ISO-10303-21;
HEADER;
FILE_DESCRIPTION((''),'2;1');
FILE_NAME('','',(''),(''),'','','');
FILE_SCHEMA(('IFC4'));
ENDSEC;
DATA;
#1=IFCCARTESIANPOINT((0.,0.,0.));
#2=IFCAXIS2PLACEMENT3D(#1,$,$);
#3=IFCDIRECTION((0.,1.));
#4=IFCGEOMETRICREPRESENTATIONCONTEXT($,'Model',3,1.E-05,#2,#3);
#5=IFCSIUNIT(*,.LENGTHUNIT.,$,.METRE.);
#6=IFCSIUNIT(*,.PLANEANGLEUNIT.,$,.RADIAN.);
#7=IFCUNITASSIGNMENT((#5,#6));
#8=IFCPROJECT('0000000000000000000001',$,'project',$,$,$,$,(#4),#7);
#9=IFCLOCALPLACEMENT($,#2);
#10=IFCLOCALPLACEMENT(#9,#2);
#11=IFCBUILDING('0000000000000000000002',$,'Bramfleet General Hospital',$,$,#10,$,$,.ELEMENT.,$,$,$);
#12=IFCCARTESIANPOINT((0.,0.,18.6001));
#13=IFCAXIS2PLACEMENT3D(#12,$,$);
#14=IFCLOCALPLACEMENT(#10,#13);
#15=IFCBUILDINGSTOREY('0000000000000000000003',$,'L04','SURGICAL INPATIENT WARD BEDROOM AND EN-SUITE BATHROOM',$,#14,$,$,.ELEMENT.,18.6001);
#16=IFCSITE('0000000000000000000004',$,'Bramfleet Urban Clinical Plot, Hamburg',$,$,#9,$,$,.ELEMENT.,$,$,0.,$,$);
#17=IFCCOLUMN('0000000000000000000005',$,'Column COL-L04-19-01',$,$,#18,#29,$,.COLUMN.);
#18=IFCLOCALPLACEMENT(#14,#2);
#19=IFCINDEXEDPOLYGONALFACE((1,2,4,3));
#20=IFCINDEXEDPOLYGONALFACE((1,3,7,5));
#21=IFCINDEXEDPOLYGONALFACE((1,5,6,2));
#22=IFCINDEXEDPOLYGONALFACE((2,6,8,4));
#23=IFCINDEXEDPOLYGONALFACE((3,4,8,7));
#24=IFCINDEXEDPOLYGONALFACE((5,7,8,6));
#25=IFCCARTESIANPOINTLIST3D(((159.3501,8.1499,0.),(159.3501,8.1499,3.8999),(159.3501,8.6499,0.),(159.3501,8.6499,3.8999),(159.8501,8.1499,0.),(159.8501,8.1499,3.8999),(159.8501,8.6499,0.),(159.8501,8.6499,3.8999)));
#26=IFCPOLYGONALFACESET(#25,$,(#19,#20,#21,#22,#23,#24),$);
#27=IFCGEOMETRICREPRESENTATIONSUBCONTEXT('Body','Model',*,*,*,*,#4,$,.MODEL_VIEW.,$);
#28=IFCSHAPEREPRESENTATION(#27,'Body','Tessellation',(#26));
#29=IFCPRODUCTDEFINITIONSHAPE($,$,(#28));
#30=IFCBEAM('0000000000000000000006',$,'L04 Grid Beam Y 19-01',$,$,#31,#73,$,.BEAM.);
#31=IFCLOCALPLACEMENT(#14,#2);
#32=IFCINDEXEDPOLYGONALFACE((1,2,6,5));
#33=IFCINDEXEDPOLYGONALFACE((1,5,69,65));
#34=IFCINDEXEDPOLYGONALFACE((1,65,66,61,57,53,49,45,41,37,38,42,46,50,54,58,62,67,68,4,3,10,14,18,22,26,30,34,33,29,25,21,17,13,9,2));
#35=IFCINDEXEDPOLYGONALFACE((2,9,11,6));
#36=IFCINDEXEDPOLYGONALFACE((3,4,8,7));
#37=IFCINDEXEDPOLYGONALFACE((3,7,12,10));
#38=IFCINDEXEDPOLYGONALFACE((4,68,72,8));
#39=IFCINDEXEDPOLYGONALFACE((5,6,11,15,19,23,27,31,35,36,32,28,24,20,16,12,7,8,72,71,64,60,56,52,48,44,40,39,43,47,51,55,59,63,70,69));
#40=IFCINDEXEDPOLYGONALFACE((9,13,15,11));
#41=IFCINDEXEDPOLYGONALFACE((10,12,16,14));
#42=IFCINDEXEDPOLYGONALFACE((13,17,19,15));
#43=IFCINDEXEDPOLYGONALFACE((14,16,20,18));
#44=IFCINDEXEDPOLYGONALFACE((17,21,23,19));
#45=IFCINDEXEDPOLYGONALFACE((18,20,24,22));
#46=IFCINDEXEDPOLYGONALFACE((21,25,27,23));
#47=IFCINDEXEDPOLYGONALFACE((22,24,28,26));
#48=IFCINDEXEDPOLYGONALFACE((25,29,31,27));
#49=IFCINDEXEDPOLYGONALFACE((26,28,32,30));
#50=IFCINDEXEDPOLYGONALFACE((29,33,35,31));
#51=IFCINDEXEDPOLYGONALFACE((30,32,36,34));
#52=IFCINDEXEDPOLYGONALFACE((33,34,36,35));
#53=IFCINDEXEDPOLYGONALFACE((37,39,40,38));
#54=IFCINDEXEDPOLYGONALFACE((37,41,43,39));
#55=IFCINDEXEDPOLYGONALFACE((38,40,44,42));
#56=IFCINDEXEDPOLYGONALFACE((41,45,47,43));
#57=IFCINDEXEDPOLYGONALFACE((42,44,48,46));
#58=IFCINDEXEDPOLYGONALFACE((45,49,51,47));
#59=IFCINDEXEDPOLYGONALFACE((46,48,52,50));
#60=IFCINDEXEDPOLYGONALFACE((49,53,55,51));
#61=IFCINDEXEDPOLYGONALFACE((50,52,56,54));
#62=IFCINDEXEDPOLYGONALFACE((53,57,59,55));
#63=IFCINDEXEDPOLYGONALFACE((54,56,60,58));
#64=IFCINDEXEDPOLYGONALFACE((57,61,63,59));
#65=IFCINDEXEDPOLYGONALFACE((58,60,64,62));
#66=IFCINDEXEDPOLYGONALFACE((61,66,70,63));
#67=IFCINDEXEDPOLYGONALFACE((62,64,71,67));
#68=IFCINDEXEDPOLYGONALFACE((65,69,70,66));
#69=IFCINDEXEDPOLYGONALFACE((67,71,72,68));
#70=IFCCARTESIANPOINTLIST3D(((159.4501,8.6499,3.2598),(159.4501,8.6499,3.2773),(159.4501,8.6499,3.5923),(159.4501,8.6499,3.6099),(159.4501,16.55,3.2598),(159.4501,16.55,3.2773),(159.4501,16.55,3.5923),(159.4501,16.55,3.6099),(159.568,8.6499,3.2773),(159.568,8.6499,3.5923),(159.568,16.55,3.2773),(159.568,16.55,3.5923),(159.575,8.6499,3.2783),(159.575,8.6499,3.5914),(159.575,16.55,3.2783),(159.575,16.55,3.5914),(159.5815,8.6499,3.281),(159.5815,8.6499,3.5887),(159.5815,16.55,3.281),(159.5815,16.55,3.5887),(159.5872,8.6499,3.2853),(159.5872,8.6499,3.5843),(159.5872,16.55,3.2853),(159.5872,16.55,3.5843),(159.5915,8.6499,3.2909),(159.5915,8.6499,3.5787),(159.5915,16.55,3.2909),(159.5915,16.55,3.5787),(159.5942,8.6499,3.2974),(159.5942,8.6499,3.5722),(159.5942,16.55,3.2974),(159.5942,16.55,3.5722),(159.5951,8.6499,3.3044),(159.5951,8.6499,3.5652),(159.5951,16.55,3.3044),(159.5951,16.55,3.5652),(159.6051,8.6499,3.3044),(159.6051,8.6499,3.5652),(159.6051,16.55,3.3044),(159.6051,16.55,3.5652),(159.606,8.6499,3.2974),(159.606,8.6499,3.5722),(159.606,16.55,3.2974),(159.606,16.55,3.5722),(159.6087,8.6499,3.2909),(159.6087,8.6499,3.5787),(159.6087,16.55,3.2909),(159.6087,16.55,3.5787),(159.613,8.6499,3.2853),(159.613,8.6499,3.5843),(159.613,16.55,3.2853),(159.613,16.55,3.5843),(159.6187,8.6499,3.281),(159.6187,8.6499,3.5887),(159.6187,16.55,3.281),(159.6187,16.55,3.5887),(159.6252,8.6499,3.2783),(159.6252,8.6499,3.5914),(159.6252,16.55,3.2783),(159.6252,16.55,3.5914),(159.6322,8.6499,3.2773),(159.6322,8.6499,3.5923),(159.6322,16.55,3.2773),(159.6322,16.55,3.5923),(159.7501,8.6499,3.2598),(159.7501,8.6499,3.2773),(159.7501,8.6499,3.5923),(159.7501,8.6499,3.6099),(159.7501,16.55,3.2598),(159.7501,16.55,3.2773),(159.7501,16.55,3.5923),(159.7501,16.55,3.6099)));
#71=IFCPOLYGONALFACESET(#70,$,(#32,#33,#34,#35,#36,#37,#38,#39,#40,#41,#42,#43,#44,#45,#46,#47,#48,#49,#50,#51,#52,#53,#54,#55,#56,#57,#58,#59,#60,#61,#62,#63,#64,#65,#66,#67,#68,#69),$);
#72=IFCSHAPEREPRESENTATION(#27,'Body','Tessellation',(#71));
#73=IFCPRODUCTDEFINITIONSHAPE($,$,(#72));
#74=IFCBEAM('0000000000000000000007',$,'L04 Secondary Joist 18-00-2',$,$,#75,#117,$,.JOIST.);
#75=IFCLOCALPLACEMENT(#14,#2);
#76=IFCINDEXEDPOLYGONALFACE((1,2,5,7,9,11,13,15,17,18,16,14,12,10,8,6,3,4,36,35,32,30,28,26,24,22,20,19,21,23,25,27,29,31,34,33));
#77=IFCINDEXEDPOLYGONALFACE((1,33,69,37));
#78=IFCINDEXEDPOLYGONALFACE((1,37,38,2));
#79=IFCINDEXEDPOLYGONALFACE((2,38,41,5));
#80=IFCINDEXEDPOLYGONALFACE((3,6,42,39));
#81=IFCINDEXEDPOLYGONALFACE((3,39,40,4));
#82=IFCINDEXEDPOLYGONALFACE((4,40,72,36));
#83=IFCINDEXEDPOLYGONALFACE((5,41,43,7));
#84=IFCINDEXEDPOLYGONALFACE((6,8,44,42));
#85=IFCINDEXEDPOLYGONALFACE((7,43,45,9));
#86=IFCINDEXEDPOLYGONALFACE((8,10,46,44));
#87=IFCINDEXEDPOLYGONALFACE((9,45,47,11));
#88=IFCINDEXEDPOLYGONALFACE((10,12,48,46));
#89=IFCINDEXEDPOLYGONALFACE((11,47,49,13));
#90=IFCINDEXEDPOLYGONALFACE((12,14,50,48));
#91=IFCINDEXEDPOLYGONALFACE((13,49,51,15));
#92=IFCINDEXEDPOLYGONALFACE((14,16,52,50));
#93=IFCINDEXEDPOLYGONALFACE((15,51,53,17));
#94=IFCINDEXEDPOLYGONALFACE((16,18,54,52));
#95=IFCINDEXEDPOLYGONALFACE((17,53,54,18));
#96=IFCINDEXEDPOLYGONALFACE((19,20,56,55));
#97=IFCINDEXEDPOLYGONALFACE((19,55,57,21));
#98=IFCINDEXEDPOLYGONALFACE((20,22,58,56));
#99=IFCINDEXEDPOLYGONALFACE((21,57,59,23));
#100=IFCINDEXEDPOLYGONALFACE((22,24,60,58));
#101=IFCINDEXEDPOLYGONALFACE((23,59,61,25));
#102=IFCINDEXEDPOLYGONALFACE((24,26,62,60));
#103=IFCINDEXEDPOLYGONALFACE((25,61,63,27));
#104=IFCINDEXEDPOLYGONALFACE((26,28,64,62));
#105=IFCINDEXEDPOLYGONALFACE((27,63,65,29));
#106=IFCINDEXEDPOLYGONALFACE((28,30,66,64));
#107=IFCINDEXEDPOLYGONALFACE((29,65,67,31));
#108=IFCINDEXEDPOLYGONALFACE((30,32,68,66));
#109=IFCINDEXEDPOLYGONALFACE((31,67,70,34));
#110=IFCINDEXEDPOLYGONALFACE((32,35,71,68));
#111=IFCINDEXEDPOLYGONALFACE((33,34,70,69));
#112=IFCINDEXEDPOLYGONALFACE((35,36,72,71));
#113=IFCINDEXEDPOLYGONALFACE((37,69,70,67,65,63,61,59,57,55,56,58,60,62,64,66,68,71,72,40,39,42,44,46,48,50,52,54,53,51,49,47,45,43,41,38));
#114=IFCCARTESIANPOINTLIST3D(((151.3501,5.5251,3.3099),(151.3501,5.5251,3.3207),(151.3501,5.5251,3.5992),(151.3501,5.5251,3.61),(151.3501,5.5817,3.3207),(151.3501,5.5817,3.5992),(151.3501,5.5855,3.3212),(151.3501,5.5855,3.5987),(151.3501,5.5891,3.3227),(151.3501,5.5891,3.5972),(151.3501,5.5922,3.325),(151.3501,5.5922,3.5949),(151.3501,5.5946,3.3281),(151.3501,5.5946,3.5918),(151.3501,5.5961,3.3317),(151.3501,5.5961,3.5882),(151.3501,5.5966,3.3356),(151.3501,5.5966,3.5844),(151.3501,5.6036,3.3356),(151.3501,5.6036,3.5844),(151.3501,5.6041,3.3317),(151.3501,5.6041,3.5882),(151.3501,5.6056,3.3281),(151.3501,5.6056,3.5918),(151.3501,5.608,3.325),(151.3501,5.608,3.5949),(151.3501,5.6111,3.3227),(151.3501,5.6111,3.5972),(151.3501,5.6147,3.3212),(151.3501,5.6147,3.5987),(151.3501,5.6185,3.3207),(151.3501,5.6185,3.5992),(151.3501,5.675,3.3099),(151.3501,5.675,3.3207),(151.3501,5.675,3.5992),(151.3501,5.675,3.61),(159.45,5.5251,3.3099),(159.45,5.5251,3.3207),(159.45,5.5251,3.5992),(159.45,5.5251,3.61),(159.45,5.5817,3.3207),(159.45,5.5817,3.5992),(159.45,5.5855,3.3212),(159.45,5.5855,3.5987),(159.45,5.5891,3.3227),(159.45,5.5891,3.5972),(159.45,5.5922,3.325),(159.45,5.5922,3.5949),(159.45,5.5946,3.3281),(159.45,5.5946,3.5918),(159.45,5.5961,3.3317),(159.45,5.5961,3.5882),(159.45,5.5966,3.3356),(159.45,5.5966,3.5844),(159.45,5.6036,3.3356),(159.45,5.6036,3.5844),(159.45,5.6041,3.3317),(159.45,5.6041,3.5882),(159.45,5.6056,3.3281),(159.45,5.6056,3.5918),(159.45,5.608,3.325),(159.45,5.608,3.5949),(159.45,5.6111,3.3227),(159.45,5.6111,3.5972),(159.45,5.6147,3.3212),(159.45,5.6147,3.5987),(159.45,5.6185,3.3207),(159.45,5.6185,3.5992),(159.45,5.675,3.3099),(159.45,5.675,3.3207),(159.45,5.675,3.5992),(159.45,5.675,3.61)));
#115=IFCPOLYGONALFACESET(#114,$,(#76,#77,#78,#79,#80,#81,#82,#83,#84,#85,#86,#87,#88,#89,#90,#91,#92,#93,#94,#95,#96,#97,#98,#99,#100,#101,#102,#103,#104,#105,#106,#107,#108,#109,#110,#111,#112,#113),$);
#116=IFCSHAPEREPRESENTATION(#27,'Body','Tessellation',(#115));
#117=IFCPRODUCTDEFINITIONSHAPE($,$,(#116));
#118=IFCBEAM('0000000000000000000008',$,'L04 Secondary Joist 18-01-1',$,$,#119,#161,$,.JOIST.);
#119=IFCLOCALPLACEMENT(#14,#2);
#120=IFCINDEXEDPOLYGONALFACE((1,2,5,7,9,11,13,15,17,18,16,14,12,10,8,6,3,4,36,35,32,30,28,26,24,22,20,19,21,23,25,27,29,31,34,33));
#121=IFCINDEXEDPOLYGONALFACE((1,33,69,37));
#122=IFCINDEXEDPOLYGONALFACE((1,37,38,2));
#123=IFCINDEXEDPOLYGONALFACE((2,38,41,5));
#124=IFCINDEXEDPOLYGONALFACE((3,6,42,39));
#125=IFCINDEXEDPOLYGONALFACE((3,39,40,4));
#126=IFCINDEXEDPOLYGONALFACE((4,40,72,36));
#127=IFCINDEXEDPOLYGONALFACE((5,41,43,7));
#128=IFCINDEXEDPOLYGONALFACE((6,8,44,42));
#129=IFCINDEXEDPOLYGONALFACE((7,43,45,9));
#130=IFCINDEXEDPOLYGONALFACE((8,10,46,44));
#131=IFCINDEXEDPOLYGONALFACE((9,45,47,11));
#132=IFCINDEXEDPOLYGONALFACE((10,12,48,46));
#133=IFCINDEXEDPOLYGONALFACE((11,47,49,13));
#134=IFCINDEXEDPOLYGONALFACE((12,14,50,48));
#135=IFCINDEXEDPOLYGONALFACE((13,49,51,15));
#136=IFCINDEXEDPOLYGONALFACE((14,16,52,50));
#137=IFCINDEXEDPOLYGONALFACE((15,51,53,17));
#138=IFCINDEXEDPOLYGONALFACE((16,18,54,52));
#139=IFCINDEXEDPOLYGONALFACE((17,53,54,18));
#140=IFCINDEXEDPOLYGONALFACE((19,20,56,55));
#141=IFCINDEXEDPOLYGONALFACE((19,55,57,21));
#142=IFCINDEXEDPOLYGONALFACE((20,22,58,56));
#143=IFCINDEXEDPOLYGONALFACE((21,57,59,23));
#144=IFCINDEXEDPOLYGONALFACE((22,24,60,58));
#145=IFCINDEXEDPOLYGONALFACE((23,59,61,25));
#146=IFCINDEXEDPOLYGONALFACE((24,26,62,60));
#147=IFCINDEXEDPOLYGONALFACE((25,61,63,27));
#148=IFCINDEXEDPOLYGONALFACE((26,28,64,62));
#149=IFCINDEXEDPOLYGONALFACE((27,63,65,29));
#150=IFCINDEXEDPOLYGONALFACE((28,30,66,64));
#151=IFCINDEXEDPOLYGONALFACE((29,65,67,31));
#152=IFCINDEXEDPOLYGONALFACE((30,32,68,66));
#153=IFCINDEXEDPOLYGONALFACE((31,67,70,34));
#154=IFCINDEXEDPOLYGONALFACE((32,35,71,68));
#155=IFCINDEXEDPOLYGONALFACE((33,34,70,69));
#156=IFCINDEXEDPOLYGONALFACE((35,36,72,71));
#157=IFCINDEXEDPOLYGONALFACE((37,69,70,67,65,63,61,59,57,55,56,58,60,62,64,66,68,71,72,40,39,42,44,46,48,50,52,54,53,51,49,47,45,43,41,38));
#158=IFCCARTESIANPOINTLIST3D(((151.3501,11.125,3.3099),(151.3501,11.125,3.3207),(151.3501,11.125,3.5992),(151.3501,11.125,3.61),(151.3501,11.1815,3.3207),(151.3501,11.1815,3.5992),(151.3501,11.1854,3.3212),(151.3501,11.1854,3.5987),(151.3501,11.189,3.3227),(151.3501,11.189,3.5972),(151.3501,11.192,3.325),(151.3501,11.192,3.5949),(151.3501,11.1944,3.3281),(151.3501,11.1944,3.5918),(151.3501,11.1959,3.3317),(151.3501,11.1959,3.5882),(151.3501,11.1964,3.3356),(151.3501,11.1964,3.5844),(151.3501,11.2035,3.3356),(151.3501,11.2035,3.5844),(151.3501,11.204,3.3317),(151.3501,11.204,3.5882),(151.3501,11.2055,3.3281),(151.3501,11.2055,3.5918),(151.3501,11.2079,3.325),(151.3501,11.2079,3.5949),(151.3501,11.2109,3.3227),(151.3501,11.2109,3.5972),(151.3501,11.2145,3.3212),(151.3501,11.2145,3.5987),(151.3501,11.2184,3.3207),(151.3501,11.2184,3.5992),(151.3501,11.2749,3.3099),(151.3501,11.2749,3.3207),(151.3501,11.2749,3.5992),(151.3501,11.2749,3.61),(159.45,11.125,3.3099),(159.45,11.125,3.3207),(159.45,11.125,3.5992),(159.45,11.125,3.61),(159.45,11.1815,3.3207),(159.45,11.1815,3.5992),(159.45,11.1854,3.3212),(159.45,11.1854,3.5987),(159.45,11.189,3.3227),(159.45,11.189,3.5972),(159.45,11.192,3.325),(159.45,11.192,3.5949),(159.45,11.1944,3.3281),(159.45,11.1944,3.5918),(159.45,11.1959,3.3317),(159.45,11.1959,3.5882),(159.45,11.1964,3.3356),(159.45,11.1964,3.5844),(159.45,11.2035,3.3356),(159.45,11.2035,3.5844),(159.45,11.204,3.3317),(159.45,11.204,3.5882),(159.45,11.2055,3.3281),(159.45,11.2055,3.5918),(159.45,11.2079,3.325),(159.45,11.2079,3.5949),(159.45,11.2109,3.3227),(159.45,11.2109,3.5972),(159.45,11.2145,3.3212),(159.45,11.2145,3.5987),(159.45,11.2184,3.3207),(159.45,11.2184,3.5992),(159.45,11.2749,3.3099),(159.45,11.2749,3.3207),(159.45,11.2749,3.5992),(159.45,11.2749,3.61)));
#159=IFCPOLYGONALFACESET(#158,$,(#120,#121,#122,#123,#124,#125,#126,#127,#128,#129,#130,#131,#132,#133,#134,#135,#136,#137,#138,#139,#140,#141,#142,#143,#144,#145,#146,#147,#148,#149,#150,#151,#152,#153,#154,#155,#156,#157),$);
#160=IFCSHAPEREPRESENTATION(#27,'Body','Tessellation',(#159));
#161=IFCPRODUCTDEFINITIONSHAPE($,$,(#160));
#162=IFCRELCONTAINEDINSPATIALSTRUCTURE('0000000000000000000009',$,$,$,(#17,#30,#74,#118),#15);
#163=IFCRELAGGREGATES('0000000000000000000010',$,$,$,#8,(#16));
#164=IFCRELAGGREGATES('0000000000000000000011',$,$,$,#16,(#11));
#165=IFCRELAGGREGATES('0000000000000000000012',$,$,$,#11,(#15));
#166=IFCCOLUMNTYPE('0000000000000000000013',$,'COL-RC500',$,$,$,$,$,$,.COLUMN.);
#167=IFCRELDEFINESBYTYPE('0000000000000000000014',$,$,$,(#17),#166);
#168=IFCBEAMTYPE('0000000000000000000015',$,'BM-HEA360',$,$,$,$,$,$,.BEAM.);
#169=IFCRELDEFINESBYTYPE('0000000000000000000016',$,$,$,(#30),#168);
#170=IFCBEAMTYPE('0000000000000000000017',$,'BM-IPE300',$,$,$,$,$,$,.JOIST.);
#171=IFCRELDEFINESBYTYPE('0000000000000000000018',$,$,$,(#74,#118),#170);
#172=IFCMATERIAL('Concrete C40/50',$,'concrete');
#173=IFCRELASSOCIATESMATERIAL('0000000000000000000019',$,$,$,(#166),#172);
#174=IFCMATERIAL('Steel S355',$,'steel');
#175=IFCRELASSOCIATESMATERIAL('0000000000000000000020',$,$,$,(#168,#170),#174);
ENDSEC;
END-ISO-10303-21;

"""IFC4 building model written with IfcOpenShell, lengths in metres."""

from ifc_helpers import new_model, si_unit, direction, frame, origin, origin_2d, place, context, subcontext, project, spatial, rectangle, i_section, extrude, material, material_profile, profile_set, type_object, element, save


model = new_model("IFC4")

# Units and contexts
model_context = context("Model", 3, precision=1e-05, world=origin(), true_north=direction((0.0, 1.0)))
body_context = subcontext(model_context, "Body", "Model", "MODEL_VIEW")
ifc_project = project(units=[si_unit("LENGTHUNIT", "METRE"), si_unit("PLANEANGLEUNIT", "RADIAN")], contexts=[model_context])

# Site, building, storey
site_placement = place(None, origin())
site = spatial("IfcSite", under=ifc_project, at=site_placement, Name="Bramfleet Urban Clinical Plot, Hamburg", CompositionType="ELEMENT", RefElevation=0.0)
building_placement = place(site_placement, origin())
building = spatial("IfcBuilding", under=site, at=building_placement, Name="Bramfleet General Hospital", CompositionType="ELEMENT")
storey_placement = place(building_placement, frame((0.0, 0.0, 18.6001)))
storey = spatial("IfcBuildingStorey", under=building, at=storey_placement, Name="L04", Description="SURGICAL INPATIENT WARD BEDROOM AND EN-SUITE BATHROOM", CompositionType="ELEMENT", Elevation=18.6001)

# Column
ifc_material_1 = material(Name="Concrete C40/50", Category="concrete")
ifc_material_profile_1 = material_profile(ifc_material_1, rectangle(XDim=0.5, YDim=0.5, at=origin_2d()), Name="RC COL 500x500")
ifc_profile_set_1 = profile_set([ifc_material_profile_1], Name="Concrete C40/50")
column_type = type_object("IfcColumnType", Name="COL-RC500", PredefinedType="COLUMN", material=ifc_profile_set_1)
column_placement = place(storey_placement, frame((159.6001, 8.3999, 0.0), z_axis=(0.0, 0.0, 1.0), x_axis=(1.0, 0.0, 0.0)))
element("IfcColumn", 1, at=column_placement, inside=storey, type_object=column_type, Name="Column COL-L04-19-01", PredefinedType="COLUMN", context=body_context, shape_type="SweptSolid", body=[
    extrude(rectangle(XDim=0.5, YDim=0.5, at=origin_2d()), origin(), (0.0, 0.0, 1.0), 3.8999),
])

# Beams
ifc_material_2 = material(Name="Steel S355", Category="steel")
ifc_material_profile_2 = material_profile(ifc_material_2, i_section(OverallWidth=0.3, OverallDepth=0.3501, WebThickness=0.01, FlangeThickness=0.0176, FilletRadius=0.0271, at=origin_2d()), Name="HEA 360")
ifc_profile_set_2 = profile_set([ifc_material_profile_2], Name="Steel S355")
beam_type_1 = type_object("IfcBeamType", Name="BM-HEA360", PredefinedType="BEAM", material=ifc_profile_set_2)
beam_1_placement = place(storey_placement, frame((159.6001, 8.6499, 3.4348), z_axis=(0.0, 1.0, 0.0), x_axis=(-1.0, 0.0, 0.0)))
element("IfcBeam", 2, at=beam_1_placement, inside=storey, type_object=beam_type_1, Name="L04 Grid Beam Y 19-01", PredefinedType="BEAM", context=body_context, shape_type="SweptSolid", body=[
    extrude(i_section(OverallWidth=0.3, OverallDepth=0.3501, WebThickness=0.01, FlangeThickness=0.0176, FilletRadius=0.0271, at=origin_2d()), origin(), (0.0, 0.0, 1.0), 7.9001),
])
ifc_material_profile_3 = material_profile(ifc_material_2, i_section(OverallWidth=0.1499, OverallDepth=0.3, WebThickness=0.0071, FlangeThickness=0.0107, FilletRadius=0.0149, at=origin_2d()), Name="IPE 300")
ifc_profile_set_3 = profile_set([ifc_material_profile_3], Name="Steel S355")
beam_type_2 = type_object("IfcBeamType", Name="BM-IPE300", PredefinedType="JOIST", material=ifc_profile_set_3)
for number, where, z_axis, x_axis, name in (
    (3, (151.3501, 5.6001, 3.46), (1.0, 0.0, 0.0), (0.0, 1.0, 0.0), "L04 Secondary Joist 18-00-2"),
    (4, (151.3501, 11.2, 3.46), (1.0, 0.0, 0.0), (0.0, 1.0, 0.0), "L04 Secondary Joist 18-01-1"),
):
    element("IfcBeam", number, at=place(storey_placement, frame(where, z_axis=z_axis, x_axis=x_axis)), inside=storey, type_object=beam_type_2, Name=name, PredefinedType="JOIST", context=body_context, shape_type="SweptSolid", body=[
        extrude(i_section(OverallWidth=0.1499, OverallDepth=0.3, WebThickness=0.0071, FlangeThickness=0.0107, FilletRadius=0.0149, at=origin_2d()), origin(), (0.0, 0.0, 1.0), 8.0999),
    ])

save(model, "model.ifc")
